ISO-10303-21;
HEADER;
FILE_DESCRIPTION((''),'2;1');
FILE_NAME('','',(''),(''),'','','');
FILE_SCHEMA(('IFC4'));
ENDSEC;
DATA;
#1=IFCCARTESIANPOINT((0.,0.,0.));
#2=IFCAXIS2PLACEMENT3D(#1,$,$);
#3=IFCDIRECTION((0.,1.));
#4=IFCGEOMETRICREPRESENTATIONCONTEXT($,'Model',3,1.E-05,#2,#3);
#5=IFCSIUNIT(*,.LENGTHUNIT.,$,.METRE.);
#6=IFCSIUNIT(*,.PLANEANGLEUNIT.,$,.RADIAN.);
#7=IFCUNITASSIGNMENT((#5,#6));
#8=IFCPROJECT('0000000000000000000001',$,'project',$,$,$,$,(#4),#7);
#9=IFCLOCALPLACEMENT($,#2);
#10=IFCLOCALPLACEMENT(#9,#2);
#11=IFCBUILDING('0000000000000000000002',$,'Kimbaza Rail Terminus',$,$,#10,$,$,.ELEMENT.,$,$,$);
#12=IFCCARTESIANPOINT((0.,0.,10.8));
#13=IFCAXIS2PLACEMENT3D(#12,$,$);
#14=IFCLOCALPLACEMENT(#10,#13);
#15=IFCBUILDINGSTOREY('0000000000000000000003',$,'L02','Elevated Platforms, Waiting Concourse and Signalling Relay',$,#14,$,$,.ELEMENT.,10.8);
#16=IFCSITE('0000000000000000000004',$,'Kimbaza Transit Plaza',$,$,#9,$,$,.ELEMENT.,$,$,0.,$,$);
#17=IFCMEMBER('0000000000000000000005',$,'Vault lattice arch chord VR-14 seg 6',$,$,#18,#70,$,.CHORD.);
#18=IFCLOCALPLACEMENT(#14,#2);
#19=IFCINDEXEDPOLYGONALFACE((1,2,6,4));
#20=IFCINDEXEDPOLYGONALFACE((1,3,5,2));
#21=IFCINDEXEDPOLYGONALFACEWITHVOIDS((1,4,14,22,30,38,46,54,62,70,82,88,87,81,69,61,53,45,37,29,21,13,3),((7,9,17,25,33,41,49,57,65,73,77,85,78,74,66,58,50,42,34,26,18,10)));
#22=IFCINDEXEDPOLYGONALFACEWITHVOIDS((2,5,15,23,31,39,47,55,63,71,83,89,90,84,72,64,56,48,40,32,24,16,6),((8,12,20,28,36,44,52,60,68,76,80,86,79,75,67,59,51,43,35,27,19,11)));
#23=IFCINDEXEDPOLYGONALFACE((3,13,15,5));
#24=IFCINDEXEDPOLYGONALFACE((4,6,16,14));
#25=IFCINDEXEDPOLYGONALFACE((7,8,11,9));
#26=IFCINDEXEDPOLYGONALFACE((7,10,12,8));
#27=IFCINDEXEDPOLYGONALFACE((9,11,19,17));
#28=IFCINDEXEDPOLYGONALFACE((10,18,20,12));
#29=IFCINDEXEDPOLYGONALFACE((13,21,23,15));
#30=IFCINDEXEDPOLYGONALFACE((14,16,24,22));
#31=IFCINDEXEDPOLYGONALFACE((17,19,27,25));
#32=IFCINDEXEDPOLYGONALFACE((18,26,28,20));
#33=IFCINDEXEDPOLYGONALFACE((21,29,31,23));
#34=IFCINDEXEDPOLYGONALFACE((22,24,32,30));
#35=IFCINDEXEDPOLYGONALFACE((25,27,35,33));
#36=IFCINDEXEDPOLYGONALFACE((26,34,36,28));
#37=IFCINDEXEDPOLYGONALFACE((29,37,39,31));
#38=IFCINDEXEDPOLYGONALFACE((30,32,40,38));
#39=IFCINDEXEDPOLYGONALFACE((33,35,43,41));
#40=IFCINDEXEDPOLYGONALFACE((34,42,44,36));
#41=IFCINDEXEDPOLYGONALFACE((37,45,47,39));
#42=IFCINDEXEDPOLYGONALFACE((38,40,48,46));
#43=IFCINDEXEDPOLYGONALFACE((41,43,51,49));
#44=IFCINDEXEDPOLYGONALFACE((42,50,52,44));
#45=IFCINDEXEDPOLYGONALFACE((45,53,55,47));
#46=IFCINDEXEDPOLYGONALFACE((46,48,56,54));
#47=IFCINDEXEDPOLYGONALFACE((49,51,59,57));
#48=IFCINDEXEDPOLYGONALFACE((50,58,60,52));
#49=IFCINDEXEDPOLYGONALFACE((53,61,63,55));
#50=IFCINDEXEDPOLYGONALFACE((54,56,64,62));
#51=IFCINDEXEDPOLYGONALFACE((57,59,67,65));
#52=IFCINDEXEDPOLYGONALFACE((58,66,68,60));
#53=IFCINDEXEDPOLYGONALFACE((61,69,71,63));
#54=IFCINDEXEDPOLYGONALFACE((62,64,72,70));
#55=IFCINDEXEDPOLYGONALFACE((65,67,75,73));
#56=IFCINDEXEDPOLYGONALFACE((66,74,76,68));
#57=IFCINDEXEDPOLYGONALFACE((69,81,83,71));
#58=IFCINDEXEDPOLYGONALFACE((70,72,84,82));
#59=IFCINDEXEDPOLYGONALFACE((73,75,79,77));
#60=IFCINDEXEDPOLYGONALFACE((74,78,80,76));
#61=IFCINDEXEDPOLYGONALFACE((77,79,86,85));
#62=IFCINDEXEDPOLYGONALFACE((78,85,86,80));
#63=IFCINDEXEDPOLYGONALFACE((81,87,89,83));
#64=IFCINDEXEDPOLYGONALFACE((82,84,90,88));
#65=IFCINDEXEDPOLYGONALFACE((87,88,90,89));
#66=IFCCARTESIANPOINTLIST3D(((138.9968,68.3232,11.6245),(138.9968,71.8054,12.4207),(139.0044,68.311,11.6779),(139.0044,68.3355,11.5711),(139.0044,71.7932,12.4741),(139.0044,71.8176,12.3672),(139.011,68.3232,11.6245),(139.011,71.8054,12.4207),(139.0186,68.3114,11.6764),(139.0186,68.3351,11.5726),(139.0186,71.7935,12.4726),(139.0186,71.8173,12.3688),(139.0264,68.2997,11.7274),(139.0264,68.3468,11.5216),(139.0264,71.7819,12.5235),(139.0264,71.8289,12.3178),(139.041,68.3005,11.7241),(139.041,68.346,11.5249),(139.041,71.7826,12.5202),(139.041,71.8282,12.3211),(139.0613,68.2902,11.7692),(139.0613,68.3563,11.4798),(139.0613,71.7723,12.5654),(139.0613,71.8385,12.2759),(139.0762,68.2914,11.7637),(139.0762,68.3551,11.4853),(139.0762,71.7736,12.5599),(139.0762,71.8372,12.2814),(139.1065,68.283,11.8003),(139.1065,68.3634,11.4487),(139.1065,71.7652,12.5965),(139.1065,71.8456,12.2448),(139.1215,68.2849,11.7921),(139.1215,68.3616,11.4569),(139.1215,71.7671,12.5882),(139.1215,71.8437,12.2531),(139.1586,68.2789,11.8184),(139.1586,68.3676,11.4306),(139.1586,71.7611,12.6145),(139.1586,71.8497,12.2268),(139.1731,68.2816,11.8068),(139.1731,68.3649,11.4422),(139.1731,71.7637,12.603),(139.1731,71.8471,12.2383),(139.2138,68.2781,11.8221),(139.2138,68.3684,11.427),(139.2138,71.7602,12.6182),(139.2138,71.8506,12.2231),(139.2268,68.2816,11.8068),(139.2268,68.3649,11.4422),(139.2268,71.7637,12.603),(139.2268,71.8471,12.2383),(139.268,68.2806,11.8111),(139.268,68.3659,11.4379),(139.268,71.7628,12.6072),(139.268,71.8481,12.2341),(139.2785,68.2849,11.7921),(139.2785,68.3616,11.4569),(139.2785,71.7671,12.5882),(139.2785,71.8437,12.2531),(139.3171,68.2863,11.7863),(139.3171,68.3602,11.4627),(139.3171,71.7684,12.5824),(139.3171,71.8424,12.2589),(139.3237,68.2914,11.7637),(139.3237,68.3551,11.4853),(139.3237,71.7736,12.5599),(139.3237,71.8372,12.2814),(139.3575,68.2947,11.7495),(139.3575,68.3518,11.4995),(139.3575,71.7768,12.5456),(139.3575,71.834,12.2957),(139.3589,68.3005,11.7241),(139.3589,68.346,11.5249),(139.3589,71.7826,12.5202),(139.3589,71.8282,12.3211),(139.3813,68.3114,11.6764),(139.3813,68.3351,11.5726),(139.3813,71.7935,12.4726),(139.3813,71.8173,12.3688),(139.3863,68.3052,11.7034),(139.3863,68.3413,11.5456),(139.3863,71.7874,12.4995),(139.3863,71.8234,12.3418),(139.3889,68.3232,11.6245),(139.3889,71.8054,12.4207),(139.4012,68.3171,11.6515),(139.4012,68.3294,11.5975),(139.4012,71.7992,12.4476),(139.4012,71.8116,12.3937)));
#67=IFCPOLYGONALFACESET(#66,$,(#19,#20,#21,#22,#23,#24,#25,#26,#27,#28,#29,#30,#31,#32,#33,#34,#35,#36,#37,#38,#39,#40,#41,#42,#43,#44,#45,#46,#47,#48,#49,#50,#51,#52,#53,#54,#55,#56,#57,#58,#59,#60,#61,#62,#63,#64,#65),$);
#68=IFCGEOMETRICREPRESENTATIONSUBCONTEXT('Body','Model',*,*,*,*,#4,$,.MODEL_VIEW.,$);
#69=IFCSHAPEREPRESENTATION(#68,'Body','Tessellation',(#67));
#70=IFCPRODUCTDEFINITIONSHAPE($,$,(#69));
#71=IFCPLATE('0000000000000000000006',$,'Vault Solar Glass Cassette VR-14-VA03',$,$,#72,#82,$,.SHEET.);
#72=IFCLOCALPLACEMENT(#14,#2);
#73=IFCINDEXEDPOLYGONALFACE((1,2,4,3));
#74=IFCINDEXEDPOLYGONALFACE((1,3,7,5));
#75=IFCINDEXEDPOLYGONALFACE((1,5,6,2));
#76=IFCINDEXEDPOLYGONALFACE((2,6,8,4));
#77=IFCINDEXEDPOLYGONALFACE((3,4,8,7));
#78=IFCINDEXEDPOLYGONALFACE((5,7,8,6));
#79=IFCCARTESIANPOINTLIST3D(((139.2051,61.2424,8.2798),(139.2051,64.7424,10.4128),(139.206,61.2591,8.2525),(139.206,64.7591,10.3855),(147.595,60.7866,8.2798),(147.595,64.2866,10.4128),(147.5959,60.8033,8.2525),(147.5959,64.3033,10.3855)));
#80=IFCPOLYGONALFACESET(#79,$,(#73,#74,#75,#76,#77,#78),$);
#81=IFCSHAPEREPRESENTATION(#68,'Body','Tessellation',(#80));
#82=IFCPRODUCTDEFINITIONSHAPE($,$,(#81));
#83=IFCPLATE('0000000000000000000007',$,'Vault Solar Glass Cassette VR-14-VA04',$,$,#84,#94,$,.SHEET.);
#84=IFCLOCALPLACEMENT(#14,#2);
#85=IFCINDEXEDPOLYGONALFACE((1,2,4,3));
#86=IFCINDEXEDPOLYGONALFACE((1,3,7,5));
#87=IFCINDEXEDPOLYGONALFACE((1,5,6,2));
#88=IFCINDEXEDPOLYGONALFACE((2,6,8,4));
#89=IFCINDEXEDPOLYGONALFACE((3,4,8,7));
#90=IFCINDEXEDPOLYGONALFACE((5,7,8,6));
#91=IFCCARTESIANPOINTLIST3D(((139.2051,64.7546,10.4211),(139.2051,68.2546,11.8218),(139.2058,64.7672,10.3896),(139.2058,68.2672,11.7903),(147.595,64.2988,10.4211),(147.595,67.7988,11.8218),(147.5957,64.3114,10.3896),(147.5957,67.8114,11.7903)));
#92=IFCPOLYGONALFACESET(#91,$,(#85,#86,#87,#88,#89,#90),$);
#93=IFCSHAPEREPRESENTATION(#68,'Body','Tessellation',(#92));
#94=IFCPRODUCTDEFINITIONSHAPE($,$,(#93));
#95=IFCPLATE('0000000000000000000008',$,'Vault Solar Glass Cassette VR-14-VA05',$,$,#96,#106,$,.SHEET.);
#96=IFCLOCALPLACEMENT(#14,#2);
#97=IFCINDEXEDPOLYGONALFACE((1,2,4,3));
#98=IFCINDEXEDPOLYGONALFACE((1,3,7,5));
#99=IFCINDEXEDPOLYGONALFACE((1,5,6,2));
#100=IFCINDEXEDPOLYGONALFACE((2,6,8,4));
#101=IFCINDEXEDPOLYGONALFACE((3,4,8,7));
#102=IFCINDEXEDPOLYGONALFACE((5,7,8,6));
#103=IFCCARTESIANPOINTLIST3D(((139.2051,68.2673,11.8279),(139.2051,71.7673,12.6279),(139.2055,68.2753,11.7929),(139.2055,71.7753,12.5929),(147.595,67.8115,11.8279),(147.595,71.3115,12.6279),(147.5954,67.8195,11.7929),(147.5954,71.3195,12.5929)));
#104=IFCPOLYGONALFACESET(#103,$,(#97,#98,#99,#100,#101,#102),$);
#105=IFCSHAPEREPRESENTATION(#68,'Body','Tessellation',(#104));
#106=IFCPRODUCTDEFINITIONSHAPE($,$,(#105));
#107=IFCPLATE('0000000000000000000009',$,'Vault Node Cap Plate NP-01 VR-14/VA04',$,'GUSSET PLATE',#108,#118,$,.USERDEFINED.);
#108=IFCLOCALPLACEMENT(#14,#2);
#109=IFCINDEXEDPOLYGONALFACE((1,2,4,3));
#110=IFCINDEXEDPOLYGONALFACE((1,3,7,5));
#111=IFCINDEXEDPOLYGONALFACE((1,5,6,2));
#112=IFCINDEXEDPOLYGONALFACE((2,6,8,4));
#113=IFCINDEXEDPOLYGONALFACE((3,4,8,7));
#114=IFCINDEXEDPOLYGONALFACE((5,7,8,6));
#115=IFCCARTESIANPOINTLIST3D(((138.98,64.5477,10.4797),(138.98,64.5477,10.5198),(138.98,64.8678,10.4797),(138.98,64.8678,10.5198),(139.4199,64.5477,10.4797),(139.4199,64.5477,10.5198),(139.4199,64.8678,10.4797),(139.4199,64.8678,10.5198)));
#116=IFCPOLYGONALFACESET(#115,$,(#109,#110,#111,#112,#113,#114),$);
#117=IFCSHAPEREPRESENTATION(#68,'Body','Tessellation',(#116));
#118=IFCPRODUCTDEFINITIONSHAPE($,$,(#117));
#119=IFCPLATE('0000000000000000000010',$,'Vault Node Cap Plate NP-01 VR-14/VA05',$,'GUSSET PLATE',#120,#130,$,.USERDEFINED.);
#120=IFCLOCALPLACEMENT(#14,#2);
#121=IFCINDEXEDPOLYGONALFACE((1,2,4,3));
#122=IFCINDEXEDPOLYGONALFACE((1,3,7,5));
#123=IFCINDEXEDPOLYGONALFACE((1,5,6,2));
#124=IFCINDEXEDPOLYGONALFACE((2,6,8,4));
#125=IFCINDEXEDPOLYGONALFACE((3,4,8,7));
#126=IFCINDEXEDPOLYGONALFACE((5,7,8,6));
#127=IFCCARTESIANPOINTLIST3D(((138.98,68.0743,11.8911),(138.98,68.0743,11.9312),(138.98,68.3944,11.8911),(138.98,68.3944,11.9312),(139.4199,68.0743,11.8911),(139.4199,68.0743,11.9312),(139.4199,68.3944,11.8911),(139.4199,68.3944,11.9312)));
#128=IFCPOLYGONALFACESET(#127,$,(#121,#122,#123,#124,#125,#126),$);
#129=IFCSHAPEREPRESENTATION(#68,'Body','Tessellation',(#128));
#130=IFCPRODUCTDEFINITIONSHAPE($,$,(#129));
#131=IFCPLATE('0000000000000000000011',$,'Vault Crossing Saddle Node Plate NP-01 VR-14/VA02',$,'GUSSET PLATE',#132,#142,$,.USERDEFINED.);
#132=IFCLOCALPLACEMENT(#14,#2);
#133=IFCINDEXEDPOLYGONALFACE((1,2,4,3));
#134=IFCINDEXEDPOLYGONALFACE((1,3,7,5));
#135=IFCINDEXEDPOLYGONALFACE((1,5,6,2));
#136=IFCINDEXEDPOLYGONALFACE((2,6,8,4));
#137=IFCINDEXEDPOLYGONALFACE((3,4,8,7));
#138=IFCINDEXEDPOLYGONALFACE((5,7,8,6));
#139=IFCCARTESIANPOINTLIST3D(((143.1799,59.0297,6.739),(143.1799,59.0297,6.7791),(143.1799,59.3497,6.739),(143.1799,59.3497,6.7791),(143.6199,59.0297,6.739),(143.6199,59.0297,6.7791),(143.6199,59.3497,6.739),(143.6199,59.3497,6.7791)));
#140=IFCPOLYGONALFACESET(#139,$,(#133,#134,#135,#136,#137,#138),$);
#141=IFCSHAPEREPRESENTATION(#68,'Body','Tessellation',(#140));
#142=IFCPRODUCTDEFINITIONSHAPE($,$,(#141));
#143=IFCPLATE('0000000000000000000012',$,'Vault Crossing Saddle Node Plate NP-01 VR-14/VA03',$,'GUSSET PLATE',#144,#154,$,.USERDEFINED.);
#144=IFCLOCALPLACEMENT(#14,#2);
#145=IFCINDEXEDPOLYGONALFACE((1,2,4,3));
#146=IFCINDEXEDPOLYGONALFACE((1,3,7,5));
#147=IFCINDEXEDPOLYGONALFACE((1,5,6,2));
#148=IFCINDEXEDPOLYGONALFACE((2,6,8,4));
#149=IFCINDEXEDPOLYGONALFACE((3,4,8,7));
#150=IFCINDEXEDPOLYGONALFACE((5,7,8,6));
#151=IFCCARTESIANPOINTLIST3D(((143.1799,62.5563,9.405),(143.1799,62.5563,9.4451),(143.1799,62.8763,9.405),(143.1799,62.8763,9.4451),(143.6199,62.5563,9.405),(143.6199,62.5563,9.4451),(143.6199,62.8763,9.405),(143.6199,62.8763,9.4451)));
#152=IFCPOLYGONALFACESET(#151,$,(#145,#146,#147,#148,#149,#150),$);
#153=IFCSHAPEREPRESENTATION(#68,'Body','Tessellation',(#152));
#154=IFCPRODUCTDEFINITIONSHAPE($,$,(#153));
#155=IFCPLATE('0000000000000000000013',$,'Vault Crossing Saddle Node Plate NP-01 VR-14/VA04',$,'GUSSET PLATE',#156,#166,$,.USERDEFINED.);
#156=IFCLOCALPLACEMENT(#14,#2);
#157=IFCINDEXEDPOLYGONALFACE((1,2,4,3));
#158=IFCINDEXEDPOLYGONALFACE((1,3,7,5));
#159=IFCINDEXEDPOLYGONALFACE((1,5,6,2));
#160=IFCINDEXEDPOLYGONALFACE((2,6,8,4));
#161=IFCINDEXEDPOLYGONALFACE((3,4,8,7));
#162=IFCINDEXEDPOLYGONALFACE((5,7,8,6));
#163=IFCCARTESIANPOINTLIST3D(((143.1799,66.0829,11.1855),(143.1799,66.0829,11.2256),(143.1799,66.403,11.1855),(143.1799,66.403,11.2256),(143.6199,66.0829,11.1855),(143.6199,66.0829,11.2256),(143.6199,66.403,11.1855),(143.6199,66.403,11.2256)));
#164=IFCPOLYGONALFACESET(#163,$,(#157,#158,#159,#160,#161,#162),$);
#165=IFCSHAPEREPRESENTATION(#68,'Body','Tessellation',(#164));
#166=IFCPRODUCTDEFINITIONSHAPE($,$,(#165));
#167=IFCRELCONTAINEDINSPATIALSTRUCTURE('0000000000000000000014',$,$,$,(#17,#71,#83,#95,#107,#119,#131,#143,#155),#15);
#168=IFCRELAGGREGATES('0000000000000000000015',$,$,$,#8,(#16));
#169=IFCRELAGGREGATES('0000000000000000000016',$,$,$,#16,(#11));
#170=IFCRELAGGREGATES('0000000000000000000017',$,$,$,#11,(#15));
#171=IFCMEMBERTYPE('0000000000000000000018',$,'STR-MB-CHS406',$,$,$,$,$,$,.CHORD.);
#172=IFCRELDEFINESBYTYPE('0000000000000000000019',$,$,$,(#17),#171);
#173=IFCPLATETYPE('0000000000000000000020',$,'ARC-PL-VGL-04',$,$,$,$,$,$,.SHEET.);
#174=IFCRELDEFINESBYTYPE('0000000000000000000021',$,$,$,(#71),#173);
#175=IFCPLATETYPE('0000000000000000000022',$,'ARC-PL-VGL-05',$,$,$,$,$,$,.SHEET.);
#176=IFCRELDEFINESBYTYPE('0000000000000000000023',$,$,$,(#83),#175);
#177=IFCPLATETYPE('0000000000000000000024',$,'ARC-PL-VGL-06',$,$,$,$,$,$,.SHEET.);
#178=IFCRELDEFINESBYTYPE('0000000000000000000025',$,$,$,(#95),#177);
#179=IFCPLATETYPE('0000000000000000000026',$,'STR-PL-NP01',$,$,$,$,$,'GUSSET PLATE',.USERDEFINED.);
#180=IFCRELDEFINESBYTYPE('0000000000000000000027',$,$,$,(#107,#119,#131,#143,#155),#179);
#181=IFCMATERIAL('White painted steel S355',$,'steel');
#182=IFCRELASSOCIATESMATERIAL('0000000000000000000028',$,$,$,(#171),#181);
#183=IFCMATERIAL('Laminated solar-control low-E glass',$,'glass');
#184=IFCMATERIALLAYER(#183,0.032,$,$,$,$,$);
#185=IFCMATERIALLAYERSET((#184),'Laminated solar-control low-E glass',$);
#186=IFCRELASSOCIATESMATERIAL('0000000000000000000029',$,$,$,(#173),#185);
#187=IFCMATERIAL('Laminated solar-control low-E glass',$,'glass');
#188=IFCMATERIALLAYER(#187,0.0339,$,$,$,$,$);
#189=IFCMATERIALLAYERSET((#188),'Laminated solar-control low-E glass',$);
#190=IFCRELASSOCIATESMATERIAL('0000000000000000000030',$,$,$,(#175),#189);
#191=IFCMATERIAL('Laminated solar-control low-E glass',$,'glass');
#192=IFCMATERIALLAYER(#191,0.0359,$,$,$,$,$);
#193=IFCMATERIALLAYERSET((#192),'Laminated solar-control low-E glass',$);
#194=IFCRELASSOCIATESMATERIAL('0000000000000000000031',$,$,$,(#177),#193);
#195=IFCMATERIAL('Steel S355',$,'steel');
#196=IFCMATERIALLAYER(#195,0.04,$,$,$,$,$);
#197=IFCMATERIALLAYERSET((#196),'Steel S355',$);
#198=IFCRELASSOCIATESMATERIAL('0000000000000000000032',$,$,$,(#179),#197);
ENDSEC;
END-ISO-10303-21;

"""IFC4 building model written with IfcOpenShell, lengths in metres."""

from ifc_helpers import new_model, si_unit, direction, frame, origin, origin_2d, place, context, subcontext, project, spatial, polyline, rectangle, hollow_circle, outline, extrude, material, layer, layer_set, material_profile, profile_set, type_object, element, save


model = new_model("IFC4")

# Units and contexts
model_context = context("Model", 3, precision=1e-05, world=origin(), true_north=direction((0.0, 1.0)))
body_context = subcontext(model_context, "Body", "Model", "MODEL_VIEW")
ifc_project = project(units=[si_unit("LENGTHUNIT", "METRE"), si_unit("PLANEANGLEUNIT", "RADIAN")], contexts=[model_context])

# Site, building, storey
site_placement = place(None, origin())
site = spatial("IfcSite", under=ifc_project, at=site_placement, Name="Kimbaza Transit Plaza", CompositionType="ELEMENT", RefElevation=0.0)
building_placement = place(site_placement, origin())
building = spatial("IfcBuilding", under=site, at=building_placement, Name="Kimbaza Rail Terminus", CompositionType="ELEMENT")
storey_placement = place(building_placement, frame((0.0, 0.0, 10.8)))
storey = spatial("IfcBuildingStorey", under=building, at=storey_placement, Name="L02", Description="Elevated Platforms, Waiting Concourse and Signalling Relay", CompositionType="ELEMENT", Elevation=10.8)

# Member
ifc_material_1 = material(Name="White painted steel S355", Category="steel")
ifc_material_profile_1 = material_profile(ifc_material_1, hollow_circle(Radius=0.2031, WallThickness=0.0142, at=origin_2d()), Name="CHS 406.4x14.2")
ifc_profile_set_1 = profile_set([ifc_material_profile_1], Name="White painted steel S355")
member_type_1 = type_object("IfcMemberType", Name="STR-MB-CHS406", PredefinedType="CHORD", material=ifc_profile_set_1)
member_1_placement = place(storey_placement, frame((139.2, 68.3232, 11.6245), z_axis=(0.0, 0.974845, 0.222882), x_axis=(-1.0, 0.0, 0.0)))
element("IfcMember", 1, at=member_1_placement, inside=storey, type_object=member_type_1, Name="Vault lattice arch chord VR-14 seg 6", PredefinedType="CHORD", context=body_context, shape_type="SweptSolid", body=[
    extrude(hollow_circle(Radius=0.2031, WallThickness=0.0142, at=origin_2d()), origin(), (0.0, 0.0, 1.0), 3.572),
])

# Plates
ifc_material_2 = material(Name="Laminated solar-control low-E glass", Category="glass")
ifc_layer_1 = layer(ifc_material_2, 0.032)
ifc_layer_set_1 = layer_set([ifc_layer_1], Name="Laminated solar-control low-E glass")
plate_type_1 = type_object("IfcPlateType", Name="ARC-PL-VGL-04", PredefinedType="SHEET", material=ifc_layer_set_1)
plate_1_placement = place(storey_placement, frame((139.2051, 61.2424, 8.2798), z_axis=(-0.028262, -0.520206, 0.853573), x_axis=(0.998527, -0.054249, 0.0)))
element("IfcPlate", 2, at=plate_1_placement, inside=storey, type_object=plate_type_1, Name="Vault Solar Glass Cassette VR-14-VA03", PredefinedType="SHEET", context=body_context, shape_type="SweptSolid", body=[
    extrude(outline(polyline([(0.0, 0.0), (8.4023, 0.0), (8.2124, 4.0944), (-0.1899, 4.0944), (0.0, 0.0)])), origin(), (0.0, 0.0, -1.0), 0.032),
])
ifc_material_3 = material(Name="Laminated solar-control low-E glass", Category="glass")
ifc_layer_2 = layer(ifc_material_3, 0.0339)
ifc_layer_set_2 = layer_set([ifc_layer_2], Name="Laminated solar-control low-E glass")
plate_type_2 = type_object("IfcPlateType", Name="ARC-PL-VGL-05", PredefinedType="SHEET", material=ifc_layer_set_2)
plate_2_placement = place(storey_placement, frame((139.2051, 64.7546, 10.4211), z_axis=(-0.020181, -0.37146, 0.92823), x_axis=(0.998527, -0.054249, 0.0)))
element("IfcPlate", 3, at=plate_2_placement, inside=storey, type_object=plate_type_2, Name="Vault Solar Glass Cassette VR-14-VA04", PredefinedType="SHEET", context=body_context, shape_type="SweptSolid", body=[
    extrude(outline(polyline([(0.0, 0.0), (8.4023, 0.0), (8.2124, 3.7651), (-0.1899, 3.7651), (0.0, 0.0)])), origin(), (0.0, 0.0, -1.0), 0.0339),
])
ifc_material_4 = material(Name="Laminated solar-control low-E glass", Category="glass")
ifc_layer_3 = layer(ifc_material_4, 0.0359)
ifc_layer_set_3 = layer_set([ifc_layer_3], Name="Laminated solar-control low-E glass")
plate_type_3 = type_object("IfcPlateType", Name="ARC-PL-VGL-06", PredefinedType="SHEET", material=ifc_layer_set_3)
plate_3_placement = place(storey_placement, frame((139.2051, 68.2673, 11.8279), z_axis=(-0.012106, -0.222821, 0.974784), x_axis=(0.998527, -0.054249, 0.0)))
element("IfcPlate", 4, at=plate_3_placement, inside=storey, type_object=plate_type_3, Name="Vault Solar Glass Cassette VR-14-VA05", PredefinedType="SHEET", context=body_context, shape_type="SweptSolid", body=[
    extrude(outline(polyline([(0.0, 0.0), (8.4023, 0.0), (8.2124, 3.5853), (-0.1899, 3.5853), (0.0, 0.0)])), origin(), (0.0, 0.0, -1.0), 0.0359),
])
ifc_material_5 = material(Name="Steel S355", Category="steel")
ifc_layer_4 = layer(ifc_material_5, 0.04)
ifc_layer_set_4 = layer_set([ifc_layer_4], Name="Steel S355")
plate_type_4 = type_object("IfcPlateType", Name="STR-PL-NP01", ElementType="GUSSET PLATE", PredefinedType="USERDEFINED", material=ifc_layer_set_4)
for number, where, z_axis, x_axis, name in (
    (5, (139.2, 64.7078, 10.4797), (0.0, 0.0, 1.0), (1.0, 0.0, 0.0), "Vault Node Cap Plate NP-01 VR-14/VA04"),
    (6, (139.2, 68.2344, 11.8911), (0.0, 0.0, 1.0), (1.0, 0.0, 0.0), "Vault Node Cap Plate NP-01 VR-14/VA05"),
    (7, (143.3999, 59.1897, 6.739), (0.0, 0.0, 1.0), (1.0, 0.0, 0.0), "Vault Crossing Saddle Node Plate NP-01 VR-14/VA02"),
    (8, (143.3999, 62.7163, 9.405), (0.0, 0.0, 1.0), (1.0, 0.0, 0.0), "Vault Crossing Saddle Node Plate NP-01 VR-14/VA03"),
    (9, (143.3999, 66.2429, 11.1855), (0.0, 0.0, 1.0), (1.0, 0.0, 0.0), "Vault Crossing Saddle Node Plate NP-01 VR-14/VA04"),
):
    element("IfcPlate", number, at=place(storey_placement, frame(where, z_axis=z_axis, x_axis=x_axis)), inside=storey, type_object=plate_type_4, Name=name, ObjectType="GUSSET PLATE", PredefinedType="USERDEFINED", context=body_context, shape_type="SweptSolid", body=[
        extrude(rectangle(XDim=0.4399, YDim=0.3201, at=origin_2d()), origin(), (0.0, 0.0, 1.0), 0.04),
    ])

save(model, "model.ifc")
